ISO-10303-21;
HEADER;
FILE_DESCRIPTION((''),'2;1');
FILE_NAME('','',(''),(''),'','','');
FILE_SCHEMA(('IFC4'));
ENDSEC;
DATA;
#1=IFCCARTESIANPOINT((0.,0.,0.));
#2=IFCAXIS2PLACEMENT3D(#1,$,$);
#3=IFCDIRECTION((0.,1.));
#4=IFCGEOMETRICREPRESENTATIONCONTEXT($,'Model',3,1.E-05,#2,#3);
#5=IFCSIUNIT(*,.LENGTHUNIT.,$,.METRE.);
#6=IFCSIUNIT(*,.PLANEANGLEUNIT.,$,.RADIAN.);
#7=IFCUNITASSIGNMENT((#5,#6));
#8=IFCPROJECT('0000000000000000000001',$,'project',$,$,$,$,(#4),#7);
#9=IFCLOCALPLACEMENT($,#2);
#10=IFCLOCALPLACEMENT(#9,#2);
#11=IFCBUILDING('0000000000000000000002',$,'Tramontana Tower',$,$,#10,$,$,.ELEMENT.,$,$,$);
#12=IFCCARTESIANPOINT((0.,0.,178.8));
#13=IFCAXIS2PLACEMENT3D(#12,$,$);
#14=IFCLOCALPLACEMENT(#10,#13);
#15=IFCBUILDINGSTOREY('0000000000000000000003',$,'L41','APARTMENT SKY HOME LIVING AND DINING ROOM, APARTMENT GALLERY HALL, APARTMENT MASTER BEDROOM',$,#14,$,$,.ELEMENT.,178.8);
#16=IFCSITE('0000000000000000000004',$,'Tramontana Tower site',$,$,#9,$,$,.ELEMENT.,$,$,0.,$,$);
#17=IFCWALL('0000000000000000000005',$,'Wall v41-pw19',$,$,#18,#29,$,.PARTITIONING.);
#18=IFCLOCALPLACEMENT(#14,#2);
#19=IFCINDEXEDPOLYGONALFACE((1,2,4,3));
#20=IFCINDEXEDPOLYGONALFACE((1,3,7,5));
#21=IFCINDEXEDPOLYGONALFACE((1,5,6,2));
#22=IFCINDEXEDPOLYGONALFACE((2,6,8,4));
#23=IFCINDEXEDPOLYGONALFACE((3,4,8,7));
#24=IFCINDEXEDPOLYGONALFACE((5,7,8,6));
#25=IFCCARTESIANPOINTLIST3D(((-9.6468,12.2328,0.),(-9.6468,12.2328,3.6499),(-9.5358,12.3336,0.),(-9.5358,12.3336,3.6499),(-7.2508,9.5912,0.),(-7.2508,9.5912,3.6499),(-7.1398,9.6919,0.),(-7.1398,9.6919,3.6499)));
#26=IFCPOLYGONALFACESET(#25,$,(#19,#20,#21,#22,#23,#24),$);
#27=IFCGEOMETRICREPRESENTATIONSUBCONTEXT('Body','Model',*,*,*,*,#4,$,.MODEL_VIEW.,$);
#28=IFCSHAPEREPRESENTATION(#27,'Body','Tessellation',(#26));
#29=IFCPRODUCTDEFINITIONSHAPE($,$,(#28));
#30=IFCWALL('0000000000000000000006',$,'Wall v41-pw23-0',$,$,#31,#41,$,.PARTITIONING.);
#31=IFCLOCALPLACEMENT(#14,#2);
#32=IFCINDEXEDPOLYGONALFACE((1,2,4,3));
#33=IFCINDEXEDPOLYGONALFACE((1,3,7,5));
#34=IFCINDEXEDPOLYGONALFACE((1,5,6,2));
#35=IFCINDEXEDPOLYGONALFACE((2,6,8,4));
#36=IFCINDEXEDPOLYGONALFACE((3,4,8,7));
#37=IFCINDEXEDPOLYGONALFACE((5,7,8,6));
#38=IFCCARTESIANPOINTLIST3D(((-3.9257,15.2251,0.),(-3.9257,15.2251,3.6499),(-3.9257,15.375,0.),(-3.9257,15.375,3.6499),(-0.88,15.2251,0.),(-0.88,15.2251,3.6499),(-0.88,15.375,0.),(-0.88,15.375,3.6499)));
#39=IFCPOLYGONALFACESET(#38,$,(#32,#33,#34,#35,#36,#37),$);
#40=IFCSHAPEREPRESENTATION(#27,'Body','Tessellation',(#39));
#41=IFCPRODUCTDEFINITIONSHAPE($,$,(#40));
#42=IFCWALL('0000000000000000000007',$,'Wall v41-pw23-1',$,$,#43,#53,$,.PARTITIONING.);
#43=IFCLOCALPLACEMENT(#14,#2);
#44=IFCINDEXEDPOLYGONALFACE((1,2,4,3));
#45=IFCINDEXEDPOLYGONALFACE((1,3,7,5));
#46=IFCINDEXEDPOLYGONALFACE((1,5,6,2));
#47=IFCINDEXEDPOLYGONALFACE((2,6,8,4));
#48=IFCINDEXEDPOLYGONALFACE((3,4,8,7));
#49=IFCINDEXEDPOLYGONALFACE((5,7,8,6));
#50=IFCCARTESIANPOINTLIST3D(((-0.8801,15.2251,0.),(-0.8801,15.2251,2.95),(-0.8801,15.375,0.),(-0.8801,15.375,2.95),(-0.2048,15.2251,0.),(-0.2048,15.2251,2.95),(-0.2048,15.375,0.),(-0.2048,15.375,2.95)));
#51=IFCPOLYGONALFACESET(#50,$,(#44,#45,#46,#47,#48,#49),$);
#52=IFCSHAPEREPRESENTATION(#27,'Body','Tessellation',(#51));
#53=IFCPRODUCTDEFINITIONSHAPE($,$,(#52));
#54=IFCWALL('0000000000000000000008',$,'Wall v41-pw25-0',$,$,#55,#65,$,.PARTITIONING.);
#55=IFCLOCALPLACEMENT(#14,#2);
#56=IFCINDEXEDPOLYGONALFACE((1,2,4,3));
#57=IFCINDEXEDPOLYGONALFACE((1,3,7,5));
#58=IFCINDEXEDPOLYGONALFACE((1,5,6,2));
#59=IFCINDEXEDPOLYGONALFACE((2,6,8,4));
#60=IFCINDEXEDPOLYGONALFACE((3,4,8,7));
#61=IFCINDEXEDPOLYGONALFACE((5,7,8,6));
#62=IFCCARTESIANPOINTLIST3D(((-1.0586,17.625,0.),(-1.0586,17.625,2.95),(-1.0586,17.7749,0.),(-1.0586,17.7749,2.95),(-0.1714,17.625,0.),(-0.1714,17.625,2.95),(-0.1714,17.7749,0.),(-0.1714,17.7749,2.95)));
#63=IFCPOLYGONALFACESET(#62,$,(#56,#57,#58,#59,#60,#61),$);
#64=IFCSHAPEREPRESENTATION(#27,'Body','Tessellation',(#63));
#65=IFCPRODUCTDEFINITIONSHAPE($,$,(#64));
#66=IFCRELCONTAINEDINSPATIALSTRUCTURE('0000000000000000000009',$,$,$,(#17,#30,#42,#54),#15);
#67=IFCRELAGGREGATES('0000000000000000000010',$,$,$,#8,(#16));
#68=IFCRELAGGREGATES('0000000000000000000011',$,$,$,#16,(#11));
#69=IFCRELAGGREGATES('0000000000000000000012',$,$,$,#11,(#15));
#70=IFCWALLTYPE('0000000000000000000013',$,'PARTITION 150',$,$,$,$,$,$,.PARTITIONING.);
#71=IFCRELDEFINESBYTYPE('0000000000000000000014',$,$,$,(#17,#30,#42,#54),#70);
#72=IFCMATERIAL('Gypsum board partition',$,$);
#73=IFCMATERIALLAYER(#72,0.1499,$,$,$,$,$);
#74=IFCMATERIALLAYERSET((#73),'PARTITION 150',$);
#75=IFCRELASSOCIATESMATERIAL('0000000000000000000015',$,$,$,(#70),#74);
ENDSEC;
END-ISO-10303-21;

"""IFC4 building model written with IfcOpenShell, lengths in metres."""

from ifc_helpers import new_model, si_unit, direction, frame, frame_2d, origin, place, context, subcontext, project, spatial, rectangle, extrude, material, layer, layer_set, type_object, element, save


model = new_model("IFC4")

# Units and contexts
model_context = context("Model", 3, precision=1e-05, world=origin(), true_north=direction((0.0, 1.0)))
body_context = subcontext(model_context, "Body", "Model", "MODEL_VIEW")
ifc_project = project(units=[si_unit("LENGTHUNIT", "METRE"), si_unit("PLANEANGLEUNIT", "RADIAN")], contexts=[model_context])

# Site, building, storey
site_placement = place(None, origin())
site = spatial("IfcSite", under=ifc_project, at=site_placement, Name="Tramontana Tower site", CompositionType="ELEMENT", RefElevation=0.0)
building_placement = place(site_placement, origin())
building = spatial("IfcBuilding", under=site, at=building_placement, Name="Tramontana Tower", CompositionType="ELEMENT")
storey_placement = place(building_placement, frame((0.0, 0.0, 178.8)))
storey = spatial("IfcBuildingStorey", under=building, at=storey_placement, Name="L41", Description="APARTMENT SKY HOME LIVING AND DINING ROOM, APARTMENT GALLERY HALL, APARTMENT MASTER BEDROOM", CompositionType="ELEMENT", Elevation=178.8)

# Shared definitions
ifc_material_1 = material(Name="Gypsum board partition")
ifc_layer_1 = layer(ifc_material_1, 0.1499)
ifc_layer_set_1 = layer_set([ifc_layer_1], Name="PARTITION 150")
wall_type_1 = type_object("IfcWallType", Name="PARTITION 150", PredefinedType="PARTITIONING", material=ifc_layer_set_1)

# Walls
wall_1_placement = place(storey_placement, frame((-9.5913, 12.2832, 0.0), z_axis=(0.0, 0.0, 1.0), x_axis=(0.671834, -0.740702, 0.0)))
element("IfcWall", 1, at=wall_1_placement, inside=storey, type_object=wall_type_1, Name="Wall v41-pw19", PredefinedType="PARTITIONING", context=body_context, shape_type="SweptSolid", body=[
    extrude(rectangle(XDim=3.5664, YDim=0.1499, at=frame_2d((1.7832, 0.0))), origin(), (0.0, 0.0, 1.0), 3.6499),
])
wall_2_placement = place(storey_placement, frame((-3.9258, 15.3, 0.0), z_axis=(0.0, 0.0, 1.0), x_axis=(1.0, 0.0, 0.0)))
element("IfcWall", 2, at=wall_2_placement, inside=storey, type_object=wall_type_1, Name="Wall v41-pw23-0", PredefinedType="PARTITIONING", context=body_context, shape_type="SweptSolid", body=[
    extrude(rectangle(XDim=3.0457, YDim=0.1499, at=frame_2d((1.5229, 0.0))), origin(), (0.0, 0.0, 1.0), 3.6499),
])
wall_3_placement = place(storey_placement, frame((-0.8801, 15.3, 0.0), z_axis=(0.0, 0.0, 1.0), x_axis=(1.0, 0.0, 0.0)))
element("IfcWall", 3, at=wall_3_placement, inside=storey, type_object=wall_type_1, Name="Wall v41-pw23-1", PredefinedType="PARTITIONING", context=body_context, shape_type="SweptSolid", body=[
    extrude(rectangle(XDim=0.6753, YDim=0.1499, at=frame_2d((0.3376, 0.0))), origin(), (0.0, 0.0, 1.0), 2.95),
])
wall_4_placement = place(storey_placement, frame((-1.0586, 17.7, 0.0), z_axis=(0.0, 0.0, 1.0), x_axis=(1.0, 0.0, 0.0)))
element("IfcWall", 4, at=wall_4_placement, inside=storey, type_object=wall_type_1, Name="Wall v41-pw25-0", PredefinedType="PARTITIONING", context=body_context, shape_type="SweptSolid", body=[
    extrude(rectangle(XDim=0.8872, YDim=0.1499, at=frame_2d((0.4436, 0.0))), origin(), (0.0, 0.0, 1.0), 2.95),
])

save(model, "model.ifc")
